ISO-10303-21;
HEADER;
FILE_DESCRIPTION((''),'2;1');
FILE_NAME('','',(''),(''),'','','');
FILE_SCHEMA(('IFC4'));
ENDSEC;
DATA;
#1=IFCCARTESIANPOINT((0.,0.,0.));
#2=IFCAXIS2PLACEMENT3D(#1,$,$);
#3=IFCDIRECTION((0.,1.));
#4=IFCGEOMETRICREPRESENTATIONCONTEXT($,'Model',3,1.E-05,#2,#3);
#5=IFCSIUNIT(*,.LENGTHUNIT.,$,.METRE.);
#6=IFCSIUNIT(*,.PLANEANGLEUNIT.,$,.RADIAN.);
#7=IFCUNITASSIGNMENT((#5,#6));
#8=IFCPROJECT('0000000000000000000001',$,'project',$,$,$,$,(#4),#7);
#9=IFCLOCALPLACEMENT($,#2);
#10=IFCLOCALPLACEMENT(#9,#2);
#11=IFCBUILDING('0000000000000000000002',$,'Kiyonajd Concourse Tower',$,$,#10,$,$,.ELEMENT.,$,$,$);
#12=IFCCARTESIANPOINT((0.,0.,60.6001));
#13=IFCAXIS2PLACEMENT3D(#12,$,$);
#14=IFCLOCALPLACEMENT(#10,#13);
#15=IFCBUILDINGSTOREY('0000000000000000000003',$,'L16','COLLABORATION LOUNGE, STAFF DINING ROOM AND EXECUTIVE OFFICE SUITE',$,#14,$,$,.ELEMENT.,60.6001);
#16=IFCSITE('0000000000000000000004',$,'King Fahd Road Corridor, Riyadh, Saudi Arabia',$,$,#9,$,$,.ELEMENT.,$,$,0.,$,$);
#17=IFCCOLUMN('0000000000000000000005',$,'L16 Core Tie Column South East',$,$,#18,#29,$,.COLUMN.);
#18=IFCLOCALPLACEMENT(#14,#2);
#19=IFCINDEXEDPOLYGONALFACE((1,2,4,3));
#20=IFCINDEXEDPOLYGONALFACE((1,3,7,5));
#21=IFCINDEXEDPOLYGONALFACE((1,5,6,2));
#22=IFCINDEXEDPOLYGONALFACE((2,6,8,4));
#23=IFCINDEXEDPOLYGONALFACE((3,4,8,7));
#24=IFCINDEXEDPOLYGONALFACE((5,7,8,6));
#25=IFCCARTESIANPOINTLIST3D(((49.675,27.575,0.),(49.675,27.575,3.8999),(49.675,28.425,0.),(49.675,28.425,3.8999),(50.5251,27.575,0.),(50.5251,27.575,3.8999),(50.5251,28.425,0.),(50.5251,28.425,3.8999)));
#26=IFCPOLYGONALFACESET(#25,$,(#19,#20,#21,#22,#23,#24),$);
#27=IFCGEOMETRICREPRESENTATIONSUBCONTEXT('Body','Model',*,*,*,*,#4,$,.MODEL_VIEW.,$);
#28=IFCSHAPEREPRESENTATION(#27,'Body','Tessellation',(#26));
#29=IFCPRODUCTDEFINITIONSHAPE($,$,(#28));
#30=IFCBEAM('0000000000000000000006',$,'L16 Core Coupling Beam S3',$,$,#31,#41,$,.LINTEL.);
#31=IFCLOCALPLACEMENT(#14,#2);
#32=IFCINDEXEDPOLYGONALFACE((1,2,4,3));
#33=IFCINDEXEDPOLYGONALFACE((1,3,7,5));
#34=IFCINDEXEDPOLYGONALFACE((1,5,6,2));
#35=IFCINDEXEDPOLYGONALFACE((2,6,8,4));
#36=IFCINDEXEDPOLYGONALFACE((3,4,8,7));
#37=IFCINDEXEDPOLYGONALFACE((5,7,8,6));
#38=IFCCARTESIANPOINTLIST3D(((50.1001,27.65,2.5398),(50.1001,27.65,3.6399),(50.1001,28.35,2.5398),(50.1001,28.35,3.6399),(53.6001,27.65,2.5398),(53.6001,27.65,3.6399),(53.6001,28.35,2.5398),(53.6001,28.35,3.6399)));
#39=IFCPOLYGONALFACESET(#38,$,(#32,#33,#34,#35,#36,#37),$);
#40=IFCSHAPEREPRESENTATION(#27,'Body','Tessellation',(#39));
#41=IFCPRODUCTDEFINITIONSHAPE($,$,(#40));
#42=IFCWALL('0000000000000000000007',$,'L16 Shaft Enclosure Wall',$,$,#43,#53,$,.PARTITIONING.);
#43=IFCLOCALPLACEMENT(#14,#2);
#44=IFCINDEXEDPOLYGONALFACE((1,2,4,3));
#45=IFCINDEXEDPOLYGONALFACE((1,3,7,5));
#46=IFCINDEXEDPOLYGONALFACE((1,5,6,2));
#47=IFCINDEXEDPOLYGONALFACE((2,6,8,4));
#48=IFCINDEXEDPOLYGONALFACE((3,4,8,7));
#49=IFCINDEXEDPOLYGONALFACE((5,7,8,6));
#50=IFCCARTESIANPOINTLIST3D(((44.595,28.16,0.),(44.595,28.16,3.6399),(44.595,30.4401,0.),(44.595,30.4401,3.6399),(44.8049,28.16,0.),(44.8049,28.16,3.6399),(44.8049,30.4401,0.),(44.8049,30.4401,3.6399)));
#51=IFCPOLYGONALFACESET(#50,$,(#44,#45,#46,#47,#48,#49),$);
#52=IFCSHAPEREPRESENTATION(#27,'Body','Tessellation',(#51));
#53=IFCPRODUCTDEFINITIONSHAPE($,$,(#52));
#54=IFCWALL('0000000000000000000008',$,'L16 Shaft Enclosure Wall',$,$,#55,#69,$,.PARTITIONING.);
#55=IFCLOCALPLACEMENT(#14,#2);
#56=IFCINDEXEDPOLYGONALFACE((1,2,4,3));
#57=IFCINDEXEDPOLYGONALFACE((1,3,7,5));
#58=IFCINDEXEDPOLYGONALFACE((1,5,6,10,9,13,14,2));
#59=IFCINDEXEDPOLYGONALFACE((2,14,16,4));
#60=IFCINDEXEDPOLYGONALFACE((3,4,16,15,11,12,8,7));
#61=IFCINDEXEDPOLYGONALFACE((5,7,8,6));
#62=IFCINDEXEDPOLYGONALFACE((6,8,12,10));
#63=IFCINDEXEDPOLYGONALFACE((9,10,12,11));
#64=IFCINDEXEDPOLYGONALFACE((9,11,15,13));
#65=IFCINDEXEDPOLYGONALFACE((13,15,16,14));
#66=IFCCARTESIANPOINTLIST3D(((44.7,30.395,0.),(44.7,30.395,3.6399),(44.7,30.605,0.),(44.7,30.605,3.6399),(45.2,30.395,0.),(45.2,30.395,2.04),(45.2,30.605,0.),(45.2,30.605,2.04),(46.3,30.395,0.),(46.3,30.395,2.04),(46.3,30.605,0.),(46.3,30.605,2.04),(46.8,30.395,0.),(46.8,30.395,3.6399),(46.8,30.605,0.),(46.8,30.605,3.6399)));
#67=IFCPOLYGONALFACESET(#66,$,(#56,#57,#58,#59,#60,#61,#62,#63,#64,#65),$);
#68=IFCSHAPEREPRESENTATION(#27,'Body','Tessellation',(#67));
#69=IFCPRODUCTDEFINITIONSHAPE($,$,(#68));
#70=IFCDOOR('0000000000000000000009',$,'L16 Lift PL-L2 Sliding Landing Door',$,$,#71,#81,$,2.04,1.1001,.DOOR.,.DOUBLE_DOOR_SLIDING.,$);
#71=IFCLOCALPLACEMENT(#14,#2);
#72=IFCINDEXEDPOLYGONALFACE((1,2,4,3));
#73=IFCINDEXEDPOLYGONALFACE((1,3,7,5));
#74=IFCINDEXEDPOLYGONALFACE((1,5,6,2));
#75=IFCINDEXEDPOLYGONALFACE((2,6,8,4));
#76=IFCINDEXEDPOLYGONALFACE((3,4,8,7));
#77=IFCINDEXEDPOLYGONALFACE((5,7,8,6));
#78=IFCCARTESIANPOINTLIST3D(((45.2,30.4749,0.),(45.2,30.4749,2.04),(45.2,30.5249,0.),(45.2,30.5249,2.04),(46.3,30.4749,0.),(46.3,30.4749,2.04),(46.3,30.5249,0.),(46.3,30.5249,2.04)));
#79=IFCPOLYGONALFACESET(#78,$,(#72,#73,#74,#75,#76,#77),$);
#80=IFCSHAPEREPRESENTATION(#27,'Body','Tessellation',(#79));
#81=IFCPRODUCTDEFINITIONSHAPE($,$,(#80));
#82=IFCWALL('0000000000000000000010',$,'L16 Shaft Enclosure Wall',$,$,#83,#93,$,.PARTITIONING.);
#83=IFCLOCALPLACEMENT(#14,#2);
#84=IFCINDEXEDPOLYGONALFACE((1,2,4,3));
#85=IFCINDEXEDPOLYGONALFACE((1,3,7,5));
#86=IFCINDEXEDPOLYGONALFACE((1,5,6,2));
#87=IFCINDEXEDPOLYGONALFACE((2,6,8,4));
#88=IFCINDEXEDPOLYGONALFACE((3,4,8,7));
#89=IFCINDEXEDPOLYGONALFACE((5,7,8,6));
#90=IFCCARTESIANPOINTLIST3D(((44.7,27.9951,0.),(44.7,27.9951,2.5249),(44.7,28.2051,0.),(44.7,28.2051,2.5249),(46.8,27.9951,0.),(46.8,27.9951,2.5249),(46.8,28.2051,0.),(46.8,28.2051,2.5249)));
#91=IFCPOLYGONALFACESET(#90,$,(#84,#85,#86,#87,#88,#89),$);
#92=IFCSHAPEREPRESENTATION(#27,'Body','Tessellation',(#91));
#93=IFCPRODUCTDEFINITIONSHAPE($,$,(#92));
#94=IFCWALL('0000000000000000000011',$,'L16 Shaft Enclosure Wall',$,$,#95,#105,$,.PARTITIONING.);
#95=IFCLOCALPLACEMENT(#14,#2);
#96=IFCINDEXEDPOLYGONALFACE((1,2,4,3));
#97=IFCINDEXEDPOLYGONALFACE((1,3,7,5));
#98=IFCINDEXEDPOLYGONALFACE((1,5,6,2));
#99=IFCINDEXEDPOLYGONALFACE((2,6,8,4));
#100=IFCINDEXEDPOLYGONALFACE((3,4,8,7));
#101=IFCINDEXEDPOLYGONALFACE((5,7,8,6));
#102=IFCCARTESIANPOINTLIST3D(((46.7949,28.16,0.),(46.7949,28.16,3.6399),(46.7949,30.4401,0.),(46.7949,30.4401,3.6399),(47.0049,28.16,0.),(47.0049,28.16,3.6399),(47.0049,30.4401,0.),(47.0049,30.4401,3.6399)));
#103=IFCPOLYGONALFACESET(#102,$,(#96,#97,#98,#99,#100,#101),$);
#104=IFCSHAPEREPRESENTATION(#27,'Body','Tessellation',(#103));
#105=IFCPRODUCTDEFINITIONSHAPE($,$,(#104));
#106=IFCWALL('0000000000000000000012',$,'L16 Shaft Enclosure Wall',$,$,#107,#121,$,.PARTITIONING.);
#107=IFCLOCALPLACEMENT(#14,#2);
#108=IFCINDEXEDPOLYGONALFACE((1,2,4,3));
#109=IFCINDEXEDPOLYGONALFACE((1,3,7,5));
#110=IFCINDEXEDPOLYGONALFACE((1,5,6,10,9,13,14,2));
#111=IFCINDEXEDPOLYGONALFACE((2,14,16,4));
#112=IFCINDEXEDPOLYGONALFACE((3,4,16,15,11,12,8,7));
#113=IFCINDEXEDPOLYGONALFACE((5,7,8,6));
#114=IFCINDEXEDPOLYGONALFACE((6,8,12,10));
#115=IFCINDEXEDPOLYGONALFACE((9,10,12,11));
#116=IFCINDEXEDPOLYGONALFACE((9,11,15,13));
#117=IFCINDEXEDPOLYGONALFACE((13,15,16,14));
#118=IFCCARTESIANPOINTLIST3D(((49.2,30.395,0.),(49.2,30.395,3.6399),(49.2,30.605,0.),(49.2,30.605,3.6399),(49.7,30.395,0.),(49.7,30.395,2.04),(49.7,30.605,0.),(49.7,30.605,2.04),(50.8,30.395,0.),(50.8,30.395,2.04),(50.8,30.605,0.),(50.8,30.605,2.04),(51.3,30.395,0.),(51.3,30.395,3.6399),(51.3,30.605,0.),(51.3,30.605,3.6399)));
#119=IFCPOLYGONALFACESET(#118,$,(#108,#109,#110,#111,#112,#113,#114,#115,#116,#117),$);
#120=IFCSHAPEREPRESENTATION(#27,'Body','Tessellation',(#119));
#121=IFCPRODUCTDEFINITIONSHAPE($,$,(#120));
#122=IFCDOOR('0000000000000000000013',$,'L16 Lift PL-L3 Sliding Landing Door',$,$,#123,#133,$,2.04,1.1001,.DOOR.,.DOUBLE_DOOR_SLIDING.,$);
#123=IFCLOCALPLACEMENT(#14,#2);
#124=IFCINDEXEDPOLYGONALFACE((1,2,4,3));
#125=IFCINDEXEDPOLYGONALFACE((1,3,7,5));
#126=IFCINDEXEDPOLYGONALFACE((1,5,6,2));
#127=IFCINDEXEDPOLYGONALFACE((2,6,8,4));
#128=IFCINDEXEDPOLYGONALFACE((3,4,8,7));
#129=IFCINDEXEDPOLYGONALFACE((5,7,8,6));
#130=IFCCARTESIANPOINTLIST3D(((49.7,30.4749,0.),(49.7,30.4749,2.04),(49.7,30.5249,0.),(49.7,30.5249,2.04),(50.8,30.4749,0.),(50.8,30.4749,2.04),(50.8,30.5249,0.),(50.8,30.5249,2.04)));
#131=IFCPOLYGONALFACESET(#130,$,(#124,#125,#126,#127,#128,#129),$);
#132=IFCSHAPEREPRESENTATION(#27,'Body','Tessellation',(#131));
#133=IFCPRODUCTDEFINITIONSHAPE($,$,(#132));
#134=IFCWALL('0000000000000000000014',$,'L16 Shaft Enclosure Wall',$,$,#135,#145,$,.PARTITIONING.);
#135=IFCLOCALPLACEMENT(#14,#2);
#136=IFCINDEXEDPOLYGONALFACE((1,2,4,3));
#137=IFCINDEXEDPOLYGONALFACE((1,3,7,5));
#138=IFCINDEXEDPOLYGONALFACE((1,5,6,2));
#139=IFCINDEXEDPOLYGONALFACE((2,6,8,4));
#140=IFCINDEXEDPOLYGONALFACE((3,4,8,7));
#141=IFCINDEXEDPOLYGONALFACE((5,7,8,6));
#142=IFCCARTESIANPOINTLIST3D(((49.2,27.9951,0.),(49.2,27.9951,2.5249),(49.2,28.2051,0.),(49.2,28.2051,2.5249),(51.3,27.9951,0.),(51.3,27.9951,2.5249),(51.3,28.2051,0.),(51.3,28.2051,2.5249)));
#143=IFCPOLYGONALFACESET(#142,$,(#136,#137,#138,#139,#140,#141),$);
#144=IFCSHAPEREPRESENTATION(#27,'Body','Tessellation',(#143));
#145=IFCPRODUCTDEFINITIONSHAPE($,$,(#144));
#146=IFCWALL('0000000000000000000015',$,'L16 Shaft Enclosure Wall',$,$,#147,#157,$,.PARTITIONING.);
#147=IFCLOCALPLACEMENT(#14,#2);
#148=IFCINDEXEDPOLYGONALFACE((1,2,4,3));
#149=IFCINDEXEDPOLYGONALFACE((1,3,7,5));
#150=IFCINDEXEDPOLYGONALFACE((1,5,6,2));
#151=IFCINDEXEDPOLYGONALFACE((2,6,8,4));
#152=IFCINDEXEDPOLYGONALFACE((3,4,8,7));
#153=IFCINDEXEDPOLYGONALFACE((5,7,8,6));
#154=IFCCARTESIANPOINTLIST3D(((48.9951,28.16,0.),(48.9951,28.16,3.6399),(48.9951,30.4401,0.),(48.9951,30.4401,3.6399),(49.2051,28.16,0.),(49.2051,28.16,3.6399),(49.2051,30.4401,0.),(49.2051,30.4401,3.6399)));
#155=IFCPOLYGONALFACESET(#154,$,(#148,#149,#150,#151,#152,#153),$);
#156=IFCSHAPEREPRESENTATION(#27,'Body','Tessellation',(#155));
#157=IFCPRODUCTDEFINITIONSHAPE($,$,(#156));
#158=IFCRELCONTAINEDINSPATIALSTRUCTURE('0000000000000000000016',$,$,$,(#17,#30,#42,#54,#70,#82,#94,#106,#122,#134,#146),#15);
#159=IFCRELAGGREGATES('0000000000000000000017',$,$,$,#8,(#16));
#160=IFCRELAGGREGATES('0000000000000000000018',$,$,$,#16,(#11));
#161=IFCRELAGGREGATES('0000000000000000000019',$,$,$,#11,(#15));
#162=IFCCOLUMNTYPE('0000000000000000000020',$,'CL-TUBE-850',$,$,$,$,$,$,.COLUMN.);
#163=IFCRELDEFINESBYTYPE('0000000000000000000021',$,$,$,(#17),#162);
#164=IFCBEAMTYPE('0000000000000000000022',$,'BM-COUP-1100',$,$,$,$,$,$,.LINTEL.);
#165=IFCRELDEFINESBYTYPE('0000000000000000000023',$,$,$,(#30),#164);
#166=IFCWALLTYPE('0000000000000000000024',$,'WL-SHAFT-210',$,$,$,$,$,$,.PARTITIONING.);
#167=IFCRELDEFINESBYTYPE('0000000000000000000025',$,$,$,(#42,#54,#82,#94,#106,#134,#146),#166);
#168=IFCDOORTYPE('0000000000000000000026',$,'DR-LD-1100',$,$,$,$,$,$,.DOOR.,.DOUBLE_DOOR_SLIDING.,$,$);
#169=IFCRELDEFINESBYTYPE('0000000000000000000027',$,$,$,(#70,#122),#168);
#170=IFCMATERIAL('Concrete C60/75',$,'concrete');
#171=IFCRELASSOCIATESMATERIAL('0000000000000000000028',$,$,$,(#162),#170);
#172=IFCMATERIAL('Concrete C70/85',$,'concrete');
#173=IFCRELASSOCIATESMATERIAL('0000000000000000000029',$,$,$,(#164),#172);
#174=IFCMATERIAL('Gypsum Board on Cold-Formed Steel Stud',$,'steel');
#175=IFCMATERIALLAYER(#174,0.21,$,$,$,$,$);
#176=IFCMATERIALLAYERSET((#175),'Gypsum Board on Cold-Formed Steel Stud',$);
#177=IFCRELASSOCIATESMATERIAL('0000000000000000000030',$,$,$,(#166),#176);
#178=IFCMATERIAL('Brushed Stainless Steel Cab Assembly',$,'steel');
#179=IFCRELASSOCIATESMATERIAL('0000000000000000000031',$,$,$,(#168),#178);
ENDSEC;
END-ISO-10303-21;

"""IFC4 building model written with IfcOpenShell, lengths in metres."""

from ifc_helpers import new_model, si_unit, direction, frame, frame_2d, origin, origin_2d, place, context, subcontext, project, spatial, rectangle, extrude, material, layer, layer_set, material_profile, profile_set, type_object, element, fill, save


model = new_model("IFC4")

# Units and contexts
model_context = context("Model", 3, precision=1e-05, world=origin(), true_north=direction((0.0, 1.0)))
body_context = subcontext(model_context, "Body", "Model", "MODEL_VIEW")
ifc_project = project(units=[si_unit("LENGTHUNIT", "METRE"), si_unit("PLANEANGLEUNIT", "RADIAN")], contexts=[model_context])

# Site, building, storey
site_placement = place(None, origin())
site = spatial("IfcSite", under=ifc_project, at=site_placement, Name="King Fahd Road Corridor, Riyadh, Saudi Arabia", CompositionType="ELEMENT", RefElevation=0.0)
building_placement = place(site_placement, origin())
building = spatial("IfcBuilding", under=site, at=building_placement, Name="Kiyonajd Concourse Tower", CompositionType="ELEMENT")
storey_placement = place(building_placement, frame((0.0, 0.0, 60.6001)))
storey = spatial("IfcBuildingStorey", under=building, at=storey_placement, Name="L16", Description="COLLABORATION LOUNGE, STAFF DINING ROOM AND EXECUTIVE OFFICE SUITE", CompositionType="ELEMENT", Elevation=60.6001)

# Column
ifc_material_1 = material(Name="Concrete C60/75", Category="concrete")
ifc_material_profile_1 = material_profile(ifc_material_1, rectangle(XDim=0.8501, YDim=0.8501, at=origin_2d()), Name="RC-850x850")
ifc_profile_set_1 = profile_set([ifc_material_profile_1], Name="Concrete C60/75")
column_type = type_object("IfcColumnType", Name="CL-TUBE-850", PredefinedType="COLUMN", material=ifc_profile_set_1)
column_placement = place(storey_placement, frame((50.1001, 28.0, 0.0), z_axis=(0.0, 0.0, 1.0), x_axis=(1.0, 0.0, 0.0)))
element("IfcColumn", 1, at=column_placement, inside=storey, type_object=column_type, Name="L16 Core Tie Column South East", PredefinedType="COLUMN", context=body_context, shape_type="SweptSolid", body=[
    extrude(rectangle(XDim=0.8501, YDim=0.8501, at=origin_2d()), origin(), (0.0, 0.0, 1.0), 3.8999),
])

# Beam
ifc_material_2 = material(Name="Concrete C70/85", Category="concrete")
ifc_material_profile_2 = material_profile(ifc_material_2, rectangle(XDim=0.7, YDim=1.1001, at=origin_2d()), Name="RCBM-700x1100")
ifc_profile_set_2 = profile_set([ifc_material_profile_2], Name="Concrete C70/85")
beam_type = type_object("IfcBeamType", Name="BM-COUP-1100", PredefinedType="LINTEL", material=ifc_profile_set_2)
beam_placement = place(storey_placement, frame((50.1001, 28.0, 3.0898), z_axis=(1.0, 0.0, 0.0), x_axis=(0.0, 1.0, 0.0)))
element("IfcBeam", 2, at=beam_placement, inside=storey, type_object=beam_type, Name="L16 Core Coupling Beam S3", PredefinedType="LINTEL", context=body_context, shape_type="SweptSolid", body=[
    extrude(rectangle(XDim=0.7, YDim=1.1001, at=origin_2d()), origin(), (0.0, 0.0, 1.0), 3.5),
])

# Wall
ifc_material_3 = material(Name="Gypsum Board on Cold-Formed Steel Stud", Category="steel")
ifc_layer_1 = layer(ifc_material_3, 0.21)
ifc_layer_set_1 = layer_set([ifc_layer_1], Name="Gypsum Board on Cold-Formed Steel Stud")
wall_type_1 = type_object("IfcWallType", Name="WL-SHAFT-210", PredefinedType="PARTITIONING", material=ifc_layer_set_1)
wall_1_placement = place(storey_placement, frame((44.7, 28.1599, 0.0), z_axis=(0.0, 0.0, 1.0), x_axis=(0.0, 1.0, 0.0)))
element("IfcWall", 3, at=wall_1_placement, inside=storey, type_object=wall_type_1, Name="L16 Shaft Enclosure Wall", PredefinedType="PARTITIONING", context=body_context, shape_type="SweptSolid", body=[
    extrude(rectangle(XDim=2.28, YDim=0.21, at=frame_2d((1.1401, 0.0))), origin(), (0.0, 0.0, 1.0), 3.6399),
])

# Wall, opening, door
wall_2_placement = place(storey_placement, frame((44.7, 30.5, 0.0), z_axis=(0.0, 0.0, 1.0), x_axis=(1.0, 0.0, 0.0)))
wall_2 = element("IfcWall", 4, at=wall_2_placement, inside=storey, type_object=wall_type_1, Name="L16 Shaft Enclosure Wall", PredefinedType="PARTITIONING", context=body_context, shape_type="SweptSolid", body=[
    extrude(rectangle(XDim=2.1001, YDim=0.21, at=frame_2d((1.05, 0.0))), origin(), (0.0, 0.0, 1.0), 3.6399),
])
opening_1_placement = place(wall_2_placement, frame((0.5, 0.0, 0.0)))
opening_1 = element("IfcOpeningElement", 5, at=opening_1_placement, cuts=wall_2, PredefinedType="OPENING", context=body_context, shape_type="SweptSolid", body=[
    extrude(rectangle(XDim=1.1001, YDim=2.04, at=frame_2d((0.55, 1.02))), frame((0.0, 0.115, 0.0), z_axis=(0.0, -1.0, 0.0), x_axis=(1.0, 0.0, 0.0)), (0.0, 0.0, 1.0), 0.23),
])
ifc_material_4 = material(Name="Brushed Stainless Steel Cab Assembly", Category="steel")
door_type_1 = type_object("IfcDoorType", Name="DR-LD-1100", OperationType="DOUBLE_DOOR_SLIDING", PredefinedType="DOOR", material=ifc_material_4)
door_1_placement = place(opening_1_placement, origin())
door_1 = element("IfcDoor", 6, at=door_1_placement, inside=storey, type_object=door_type_1, Name="L16 Lift PL-L2 Sliding Landing Door", OperationType="DOUBLE_DOOR_SLIDING", OverallHeight=2.04, OverallWidth=1.1001, PredefinedType="DOOR", context=body_context, shape_type="SweptSolid", body=[
    extrude(rectangle(XDim=1.1001, YDim=2.04, at=frame_2d((0.55, 1.02))), frame((0.0, 0.0249, 0.0), z_axis=(0.0, -1.0, 0.0), x_axis=(1.0, 0.0, 0.0)), (0.0, 0.0, 1.0), 0.05),
])
fill(opening_1, door_1)

# Walls
wall_3_placement = place(storey_placement, frame((44.7, 28.1001, 0.0), z_axis=(0.0, 0.0, 1.0), x_axis=(1.0, 0.0, 0.0)))
element("IfcWall", 7, at=wall_3_placement, inside=storey, type_object=wall_type_1, Name="L16 Shaft Enclosure Wall", PredefinedType="PARTITIONING", context=body_context, shape_type="SweptSolid", body=[
    extrude(rectangle(XDim=2.1001, YDim=0.21, at=frame_2d((1.05, 0.0))), origin(), (0.0, 0.0, 1.0), 2.5249),
])
wall_4_placement = place(storey_placement, frame((46.8999, 28.1599, 0.0), z_axis=(0.0, 0.0, 1.0), x_axis=(0.0, 1.0, 0.0)))
element("IfcWall", 8, at=wall_4_placement, inside=storey, type_object=wall_type_1, Name="L16 Shaft Enclosure Wall", PredefinedType="PARTITIONING", context=body_context, shape_type="SweptSolid", body=[
    extrude(rectangle(XDim=2.28, YDim=0.21, at=frame_2d((1.1401, 0.0))), origin(), (0.0, 0.0, 1.0), 3.6399),
])

# Wall, opening, door
wall_5_placement = place(storey_placement, frame((49.2, 30.5, 0.0), z_axis=(0.0, 0.0, 1.0), x_axis=(1.0, 0.0, 0.0)))
wall_5 = element("IfcWall", 9, at=wall_5_placement, inside=storey, type_object=wall_type_1, Name="L16 Shaft Enclosure Wall", PredefinedType="PARTITIONING", context=body_context, shape_type="SweptSolid", body=[
    extrude(rectangle(XDim=2.1001, YDim=0.21, at=frame_2d((1.05, 0.0))), origin(), (0.0, 0.0, 1.0), 3.6399),
])
opening_2_placement = place(wall_5_placement, frame((0.5, 0.0, 0.0)))
opening_2 = element("IfcOpeningElement", 10, at=opening_2_placement, cuts=wall_5, PredefinedType="OPENING", context=body_context, shape_type="SweptSolid", body=[
    extrude(rectangle(XDim=1.1001, YDim=2.04, at=frame_2d((0.55, 1.02))), frame((0.0, 0.115, 0.0), z_axis=(0.0, -1.0, 0.0), x_axis=(1.0, 0.0, 0.0)), (0.0, 0.0, 1.0), 0.23),
])
door_2_placement = place(opening_2_placement, origin())
door_2 = element("IfcDoor", 11, at=door_2_placement, inside=storey, type_object=door_type_1, Name="L16 Lift PL-L3 Sliding Landing Door", OperationType="DOUBLE_DOOR_SLIDING", OverallHeight=2.04, OverallWidth=1.1001, PredefinedType="DOOR", context=body_context, shape_type="SweptSolid", body=[
    extrude(rectangle(XDim=1.1001, YDim=2.04, at=frame_2d((0.55, 1.02))), frame((0.0, 0.0249, 0.0), z_axis=(0.0, -1.0, 0.0), x_axis=(1.0, 0.0, 0.0)), (0.0, 0.0, 1.0), 0.05),
])
fill(opening_2, door_2)

# Walls
wall_6_placement = place(storey_placement, frame((49.2, 28.1001, 0.0), z_axis=(0.0, 0.0, 1.0), x_axis=(1.0, 0.0, 0.0)))
element("IfcWall", 12, at=wall_6_placement, inside=storey, type_object=wall_type_1, Name="L16 Shaft Enclosure Wall", PredefinedType="PARTITIONING", context=body_context, shape_type="SweptSolid", body=[
    extrude(rectangle(XDim=2.1001, YDim=0.21, at=frame_2d((1.05, 0.0))), origin(), (0.0, 0.0, 1.0), 2.5249),
])
wall_7_placement = place(storey_placement, frame((49.1001, 28.1599, 0.0), z_axis=(0.0, 0.0, 1.0), x_axis=(0.0, 1.0, 0.0)))
element("IfcWall", 13, at=wall_7_placement, inside=storey, type_object=wall_type_1, Name="L16 Shaft Enclosure Wall", PredefinedType="PARTITIONING", context=body_context, shape_type="SweptSolid", body=[
    extrude(rectangle(XDim=2.28, YDim=0.21, at=frame_2d((1.1401, 0.0))), origin(), (0.0, 0.0, 1.0), 3.6399),
])

save(model, "model.ifc")
